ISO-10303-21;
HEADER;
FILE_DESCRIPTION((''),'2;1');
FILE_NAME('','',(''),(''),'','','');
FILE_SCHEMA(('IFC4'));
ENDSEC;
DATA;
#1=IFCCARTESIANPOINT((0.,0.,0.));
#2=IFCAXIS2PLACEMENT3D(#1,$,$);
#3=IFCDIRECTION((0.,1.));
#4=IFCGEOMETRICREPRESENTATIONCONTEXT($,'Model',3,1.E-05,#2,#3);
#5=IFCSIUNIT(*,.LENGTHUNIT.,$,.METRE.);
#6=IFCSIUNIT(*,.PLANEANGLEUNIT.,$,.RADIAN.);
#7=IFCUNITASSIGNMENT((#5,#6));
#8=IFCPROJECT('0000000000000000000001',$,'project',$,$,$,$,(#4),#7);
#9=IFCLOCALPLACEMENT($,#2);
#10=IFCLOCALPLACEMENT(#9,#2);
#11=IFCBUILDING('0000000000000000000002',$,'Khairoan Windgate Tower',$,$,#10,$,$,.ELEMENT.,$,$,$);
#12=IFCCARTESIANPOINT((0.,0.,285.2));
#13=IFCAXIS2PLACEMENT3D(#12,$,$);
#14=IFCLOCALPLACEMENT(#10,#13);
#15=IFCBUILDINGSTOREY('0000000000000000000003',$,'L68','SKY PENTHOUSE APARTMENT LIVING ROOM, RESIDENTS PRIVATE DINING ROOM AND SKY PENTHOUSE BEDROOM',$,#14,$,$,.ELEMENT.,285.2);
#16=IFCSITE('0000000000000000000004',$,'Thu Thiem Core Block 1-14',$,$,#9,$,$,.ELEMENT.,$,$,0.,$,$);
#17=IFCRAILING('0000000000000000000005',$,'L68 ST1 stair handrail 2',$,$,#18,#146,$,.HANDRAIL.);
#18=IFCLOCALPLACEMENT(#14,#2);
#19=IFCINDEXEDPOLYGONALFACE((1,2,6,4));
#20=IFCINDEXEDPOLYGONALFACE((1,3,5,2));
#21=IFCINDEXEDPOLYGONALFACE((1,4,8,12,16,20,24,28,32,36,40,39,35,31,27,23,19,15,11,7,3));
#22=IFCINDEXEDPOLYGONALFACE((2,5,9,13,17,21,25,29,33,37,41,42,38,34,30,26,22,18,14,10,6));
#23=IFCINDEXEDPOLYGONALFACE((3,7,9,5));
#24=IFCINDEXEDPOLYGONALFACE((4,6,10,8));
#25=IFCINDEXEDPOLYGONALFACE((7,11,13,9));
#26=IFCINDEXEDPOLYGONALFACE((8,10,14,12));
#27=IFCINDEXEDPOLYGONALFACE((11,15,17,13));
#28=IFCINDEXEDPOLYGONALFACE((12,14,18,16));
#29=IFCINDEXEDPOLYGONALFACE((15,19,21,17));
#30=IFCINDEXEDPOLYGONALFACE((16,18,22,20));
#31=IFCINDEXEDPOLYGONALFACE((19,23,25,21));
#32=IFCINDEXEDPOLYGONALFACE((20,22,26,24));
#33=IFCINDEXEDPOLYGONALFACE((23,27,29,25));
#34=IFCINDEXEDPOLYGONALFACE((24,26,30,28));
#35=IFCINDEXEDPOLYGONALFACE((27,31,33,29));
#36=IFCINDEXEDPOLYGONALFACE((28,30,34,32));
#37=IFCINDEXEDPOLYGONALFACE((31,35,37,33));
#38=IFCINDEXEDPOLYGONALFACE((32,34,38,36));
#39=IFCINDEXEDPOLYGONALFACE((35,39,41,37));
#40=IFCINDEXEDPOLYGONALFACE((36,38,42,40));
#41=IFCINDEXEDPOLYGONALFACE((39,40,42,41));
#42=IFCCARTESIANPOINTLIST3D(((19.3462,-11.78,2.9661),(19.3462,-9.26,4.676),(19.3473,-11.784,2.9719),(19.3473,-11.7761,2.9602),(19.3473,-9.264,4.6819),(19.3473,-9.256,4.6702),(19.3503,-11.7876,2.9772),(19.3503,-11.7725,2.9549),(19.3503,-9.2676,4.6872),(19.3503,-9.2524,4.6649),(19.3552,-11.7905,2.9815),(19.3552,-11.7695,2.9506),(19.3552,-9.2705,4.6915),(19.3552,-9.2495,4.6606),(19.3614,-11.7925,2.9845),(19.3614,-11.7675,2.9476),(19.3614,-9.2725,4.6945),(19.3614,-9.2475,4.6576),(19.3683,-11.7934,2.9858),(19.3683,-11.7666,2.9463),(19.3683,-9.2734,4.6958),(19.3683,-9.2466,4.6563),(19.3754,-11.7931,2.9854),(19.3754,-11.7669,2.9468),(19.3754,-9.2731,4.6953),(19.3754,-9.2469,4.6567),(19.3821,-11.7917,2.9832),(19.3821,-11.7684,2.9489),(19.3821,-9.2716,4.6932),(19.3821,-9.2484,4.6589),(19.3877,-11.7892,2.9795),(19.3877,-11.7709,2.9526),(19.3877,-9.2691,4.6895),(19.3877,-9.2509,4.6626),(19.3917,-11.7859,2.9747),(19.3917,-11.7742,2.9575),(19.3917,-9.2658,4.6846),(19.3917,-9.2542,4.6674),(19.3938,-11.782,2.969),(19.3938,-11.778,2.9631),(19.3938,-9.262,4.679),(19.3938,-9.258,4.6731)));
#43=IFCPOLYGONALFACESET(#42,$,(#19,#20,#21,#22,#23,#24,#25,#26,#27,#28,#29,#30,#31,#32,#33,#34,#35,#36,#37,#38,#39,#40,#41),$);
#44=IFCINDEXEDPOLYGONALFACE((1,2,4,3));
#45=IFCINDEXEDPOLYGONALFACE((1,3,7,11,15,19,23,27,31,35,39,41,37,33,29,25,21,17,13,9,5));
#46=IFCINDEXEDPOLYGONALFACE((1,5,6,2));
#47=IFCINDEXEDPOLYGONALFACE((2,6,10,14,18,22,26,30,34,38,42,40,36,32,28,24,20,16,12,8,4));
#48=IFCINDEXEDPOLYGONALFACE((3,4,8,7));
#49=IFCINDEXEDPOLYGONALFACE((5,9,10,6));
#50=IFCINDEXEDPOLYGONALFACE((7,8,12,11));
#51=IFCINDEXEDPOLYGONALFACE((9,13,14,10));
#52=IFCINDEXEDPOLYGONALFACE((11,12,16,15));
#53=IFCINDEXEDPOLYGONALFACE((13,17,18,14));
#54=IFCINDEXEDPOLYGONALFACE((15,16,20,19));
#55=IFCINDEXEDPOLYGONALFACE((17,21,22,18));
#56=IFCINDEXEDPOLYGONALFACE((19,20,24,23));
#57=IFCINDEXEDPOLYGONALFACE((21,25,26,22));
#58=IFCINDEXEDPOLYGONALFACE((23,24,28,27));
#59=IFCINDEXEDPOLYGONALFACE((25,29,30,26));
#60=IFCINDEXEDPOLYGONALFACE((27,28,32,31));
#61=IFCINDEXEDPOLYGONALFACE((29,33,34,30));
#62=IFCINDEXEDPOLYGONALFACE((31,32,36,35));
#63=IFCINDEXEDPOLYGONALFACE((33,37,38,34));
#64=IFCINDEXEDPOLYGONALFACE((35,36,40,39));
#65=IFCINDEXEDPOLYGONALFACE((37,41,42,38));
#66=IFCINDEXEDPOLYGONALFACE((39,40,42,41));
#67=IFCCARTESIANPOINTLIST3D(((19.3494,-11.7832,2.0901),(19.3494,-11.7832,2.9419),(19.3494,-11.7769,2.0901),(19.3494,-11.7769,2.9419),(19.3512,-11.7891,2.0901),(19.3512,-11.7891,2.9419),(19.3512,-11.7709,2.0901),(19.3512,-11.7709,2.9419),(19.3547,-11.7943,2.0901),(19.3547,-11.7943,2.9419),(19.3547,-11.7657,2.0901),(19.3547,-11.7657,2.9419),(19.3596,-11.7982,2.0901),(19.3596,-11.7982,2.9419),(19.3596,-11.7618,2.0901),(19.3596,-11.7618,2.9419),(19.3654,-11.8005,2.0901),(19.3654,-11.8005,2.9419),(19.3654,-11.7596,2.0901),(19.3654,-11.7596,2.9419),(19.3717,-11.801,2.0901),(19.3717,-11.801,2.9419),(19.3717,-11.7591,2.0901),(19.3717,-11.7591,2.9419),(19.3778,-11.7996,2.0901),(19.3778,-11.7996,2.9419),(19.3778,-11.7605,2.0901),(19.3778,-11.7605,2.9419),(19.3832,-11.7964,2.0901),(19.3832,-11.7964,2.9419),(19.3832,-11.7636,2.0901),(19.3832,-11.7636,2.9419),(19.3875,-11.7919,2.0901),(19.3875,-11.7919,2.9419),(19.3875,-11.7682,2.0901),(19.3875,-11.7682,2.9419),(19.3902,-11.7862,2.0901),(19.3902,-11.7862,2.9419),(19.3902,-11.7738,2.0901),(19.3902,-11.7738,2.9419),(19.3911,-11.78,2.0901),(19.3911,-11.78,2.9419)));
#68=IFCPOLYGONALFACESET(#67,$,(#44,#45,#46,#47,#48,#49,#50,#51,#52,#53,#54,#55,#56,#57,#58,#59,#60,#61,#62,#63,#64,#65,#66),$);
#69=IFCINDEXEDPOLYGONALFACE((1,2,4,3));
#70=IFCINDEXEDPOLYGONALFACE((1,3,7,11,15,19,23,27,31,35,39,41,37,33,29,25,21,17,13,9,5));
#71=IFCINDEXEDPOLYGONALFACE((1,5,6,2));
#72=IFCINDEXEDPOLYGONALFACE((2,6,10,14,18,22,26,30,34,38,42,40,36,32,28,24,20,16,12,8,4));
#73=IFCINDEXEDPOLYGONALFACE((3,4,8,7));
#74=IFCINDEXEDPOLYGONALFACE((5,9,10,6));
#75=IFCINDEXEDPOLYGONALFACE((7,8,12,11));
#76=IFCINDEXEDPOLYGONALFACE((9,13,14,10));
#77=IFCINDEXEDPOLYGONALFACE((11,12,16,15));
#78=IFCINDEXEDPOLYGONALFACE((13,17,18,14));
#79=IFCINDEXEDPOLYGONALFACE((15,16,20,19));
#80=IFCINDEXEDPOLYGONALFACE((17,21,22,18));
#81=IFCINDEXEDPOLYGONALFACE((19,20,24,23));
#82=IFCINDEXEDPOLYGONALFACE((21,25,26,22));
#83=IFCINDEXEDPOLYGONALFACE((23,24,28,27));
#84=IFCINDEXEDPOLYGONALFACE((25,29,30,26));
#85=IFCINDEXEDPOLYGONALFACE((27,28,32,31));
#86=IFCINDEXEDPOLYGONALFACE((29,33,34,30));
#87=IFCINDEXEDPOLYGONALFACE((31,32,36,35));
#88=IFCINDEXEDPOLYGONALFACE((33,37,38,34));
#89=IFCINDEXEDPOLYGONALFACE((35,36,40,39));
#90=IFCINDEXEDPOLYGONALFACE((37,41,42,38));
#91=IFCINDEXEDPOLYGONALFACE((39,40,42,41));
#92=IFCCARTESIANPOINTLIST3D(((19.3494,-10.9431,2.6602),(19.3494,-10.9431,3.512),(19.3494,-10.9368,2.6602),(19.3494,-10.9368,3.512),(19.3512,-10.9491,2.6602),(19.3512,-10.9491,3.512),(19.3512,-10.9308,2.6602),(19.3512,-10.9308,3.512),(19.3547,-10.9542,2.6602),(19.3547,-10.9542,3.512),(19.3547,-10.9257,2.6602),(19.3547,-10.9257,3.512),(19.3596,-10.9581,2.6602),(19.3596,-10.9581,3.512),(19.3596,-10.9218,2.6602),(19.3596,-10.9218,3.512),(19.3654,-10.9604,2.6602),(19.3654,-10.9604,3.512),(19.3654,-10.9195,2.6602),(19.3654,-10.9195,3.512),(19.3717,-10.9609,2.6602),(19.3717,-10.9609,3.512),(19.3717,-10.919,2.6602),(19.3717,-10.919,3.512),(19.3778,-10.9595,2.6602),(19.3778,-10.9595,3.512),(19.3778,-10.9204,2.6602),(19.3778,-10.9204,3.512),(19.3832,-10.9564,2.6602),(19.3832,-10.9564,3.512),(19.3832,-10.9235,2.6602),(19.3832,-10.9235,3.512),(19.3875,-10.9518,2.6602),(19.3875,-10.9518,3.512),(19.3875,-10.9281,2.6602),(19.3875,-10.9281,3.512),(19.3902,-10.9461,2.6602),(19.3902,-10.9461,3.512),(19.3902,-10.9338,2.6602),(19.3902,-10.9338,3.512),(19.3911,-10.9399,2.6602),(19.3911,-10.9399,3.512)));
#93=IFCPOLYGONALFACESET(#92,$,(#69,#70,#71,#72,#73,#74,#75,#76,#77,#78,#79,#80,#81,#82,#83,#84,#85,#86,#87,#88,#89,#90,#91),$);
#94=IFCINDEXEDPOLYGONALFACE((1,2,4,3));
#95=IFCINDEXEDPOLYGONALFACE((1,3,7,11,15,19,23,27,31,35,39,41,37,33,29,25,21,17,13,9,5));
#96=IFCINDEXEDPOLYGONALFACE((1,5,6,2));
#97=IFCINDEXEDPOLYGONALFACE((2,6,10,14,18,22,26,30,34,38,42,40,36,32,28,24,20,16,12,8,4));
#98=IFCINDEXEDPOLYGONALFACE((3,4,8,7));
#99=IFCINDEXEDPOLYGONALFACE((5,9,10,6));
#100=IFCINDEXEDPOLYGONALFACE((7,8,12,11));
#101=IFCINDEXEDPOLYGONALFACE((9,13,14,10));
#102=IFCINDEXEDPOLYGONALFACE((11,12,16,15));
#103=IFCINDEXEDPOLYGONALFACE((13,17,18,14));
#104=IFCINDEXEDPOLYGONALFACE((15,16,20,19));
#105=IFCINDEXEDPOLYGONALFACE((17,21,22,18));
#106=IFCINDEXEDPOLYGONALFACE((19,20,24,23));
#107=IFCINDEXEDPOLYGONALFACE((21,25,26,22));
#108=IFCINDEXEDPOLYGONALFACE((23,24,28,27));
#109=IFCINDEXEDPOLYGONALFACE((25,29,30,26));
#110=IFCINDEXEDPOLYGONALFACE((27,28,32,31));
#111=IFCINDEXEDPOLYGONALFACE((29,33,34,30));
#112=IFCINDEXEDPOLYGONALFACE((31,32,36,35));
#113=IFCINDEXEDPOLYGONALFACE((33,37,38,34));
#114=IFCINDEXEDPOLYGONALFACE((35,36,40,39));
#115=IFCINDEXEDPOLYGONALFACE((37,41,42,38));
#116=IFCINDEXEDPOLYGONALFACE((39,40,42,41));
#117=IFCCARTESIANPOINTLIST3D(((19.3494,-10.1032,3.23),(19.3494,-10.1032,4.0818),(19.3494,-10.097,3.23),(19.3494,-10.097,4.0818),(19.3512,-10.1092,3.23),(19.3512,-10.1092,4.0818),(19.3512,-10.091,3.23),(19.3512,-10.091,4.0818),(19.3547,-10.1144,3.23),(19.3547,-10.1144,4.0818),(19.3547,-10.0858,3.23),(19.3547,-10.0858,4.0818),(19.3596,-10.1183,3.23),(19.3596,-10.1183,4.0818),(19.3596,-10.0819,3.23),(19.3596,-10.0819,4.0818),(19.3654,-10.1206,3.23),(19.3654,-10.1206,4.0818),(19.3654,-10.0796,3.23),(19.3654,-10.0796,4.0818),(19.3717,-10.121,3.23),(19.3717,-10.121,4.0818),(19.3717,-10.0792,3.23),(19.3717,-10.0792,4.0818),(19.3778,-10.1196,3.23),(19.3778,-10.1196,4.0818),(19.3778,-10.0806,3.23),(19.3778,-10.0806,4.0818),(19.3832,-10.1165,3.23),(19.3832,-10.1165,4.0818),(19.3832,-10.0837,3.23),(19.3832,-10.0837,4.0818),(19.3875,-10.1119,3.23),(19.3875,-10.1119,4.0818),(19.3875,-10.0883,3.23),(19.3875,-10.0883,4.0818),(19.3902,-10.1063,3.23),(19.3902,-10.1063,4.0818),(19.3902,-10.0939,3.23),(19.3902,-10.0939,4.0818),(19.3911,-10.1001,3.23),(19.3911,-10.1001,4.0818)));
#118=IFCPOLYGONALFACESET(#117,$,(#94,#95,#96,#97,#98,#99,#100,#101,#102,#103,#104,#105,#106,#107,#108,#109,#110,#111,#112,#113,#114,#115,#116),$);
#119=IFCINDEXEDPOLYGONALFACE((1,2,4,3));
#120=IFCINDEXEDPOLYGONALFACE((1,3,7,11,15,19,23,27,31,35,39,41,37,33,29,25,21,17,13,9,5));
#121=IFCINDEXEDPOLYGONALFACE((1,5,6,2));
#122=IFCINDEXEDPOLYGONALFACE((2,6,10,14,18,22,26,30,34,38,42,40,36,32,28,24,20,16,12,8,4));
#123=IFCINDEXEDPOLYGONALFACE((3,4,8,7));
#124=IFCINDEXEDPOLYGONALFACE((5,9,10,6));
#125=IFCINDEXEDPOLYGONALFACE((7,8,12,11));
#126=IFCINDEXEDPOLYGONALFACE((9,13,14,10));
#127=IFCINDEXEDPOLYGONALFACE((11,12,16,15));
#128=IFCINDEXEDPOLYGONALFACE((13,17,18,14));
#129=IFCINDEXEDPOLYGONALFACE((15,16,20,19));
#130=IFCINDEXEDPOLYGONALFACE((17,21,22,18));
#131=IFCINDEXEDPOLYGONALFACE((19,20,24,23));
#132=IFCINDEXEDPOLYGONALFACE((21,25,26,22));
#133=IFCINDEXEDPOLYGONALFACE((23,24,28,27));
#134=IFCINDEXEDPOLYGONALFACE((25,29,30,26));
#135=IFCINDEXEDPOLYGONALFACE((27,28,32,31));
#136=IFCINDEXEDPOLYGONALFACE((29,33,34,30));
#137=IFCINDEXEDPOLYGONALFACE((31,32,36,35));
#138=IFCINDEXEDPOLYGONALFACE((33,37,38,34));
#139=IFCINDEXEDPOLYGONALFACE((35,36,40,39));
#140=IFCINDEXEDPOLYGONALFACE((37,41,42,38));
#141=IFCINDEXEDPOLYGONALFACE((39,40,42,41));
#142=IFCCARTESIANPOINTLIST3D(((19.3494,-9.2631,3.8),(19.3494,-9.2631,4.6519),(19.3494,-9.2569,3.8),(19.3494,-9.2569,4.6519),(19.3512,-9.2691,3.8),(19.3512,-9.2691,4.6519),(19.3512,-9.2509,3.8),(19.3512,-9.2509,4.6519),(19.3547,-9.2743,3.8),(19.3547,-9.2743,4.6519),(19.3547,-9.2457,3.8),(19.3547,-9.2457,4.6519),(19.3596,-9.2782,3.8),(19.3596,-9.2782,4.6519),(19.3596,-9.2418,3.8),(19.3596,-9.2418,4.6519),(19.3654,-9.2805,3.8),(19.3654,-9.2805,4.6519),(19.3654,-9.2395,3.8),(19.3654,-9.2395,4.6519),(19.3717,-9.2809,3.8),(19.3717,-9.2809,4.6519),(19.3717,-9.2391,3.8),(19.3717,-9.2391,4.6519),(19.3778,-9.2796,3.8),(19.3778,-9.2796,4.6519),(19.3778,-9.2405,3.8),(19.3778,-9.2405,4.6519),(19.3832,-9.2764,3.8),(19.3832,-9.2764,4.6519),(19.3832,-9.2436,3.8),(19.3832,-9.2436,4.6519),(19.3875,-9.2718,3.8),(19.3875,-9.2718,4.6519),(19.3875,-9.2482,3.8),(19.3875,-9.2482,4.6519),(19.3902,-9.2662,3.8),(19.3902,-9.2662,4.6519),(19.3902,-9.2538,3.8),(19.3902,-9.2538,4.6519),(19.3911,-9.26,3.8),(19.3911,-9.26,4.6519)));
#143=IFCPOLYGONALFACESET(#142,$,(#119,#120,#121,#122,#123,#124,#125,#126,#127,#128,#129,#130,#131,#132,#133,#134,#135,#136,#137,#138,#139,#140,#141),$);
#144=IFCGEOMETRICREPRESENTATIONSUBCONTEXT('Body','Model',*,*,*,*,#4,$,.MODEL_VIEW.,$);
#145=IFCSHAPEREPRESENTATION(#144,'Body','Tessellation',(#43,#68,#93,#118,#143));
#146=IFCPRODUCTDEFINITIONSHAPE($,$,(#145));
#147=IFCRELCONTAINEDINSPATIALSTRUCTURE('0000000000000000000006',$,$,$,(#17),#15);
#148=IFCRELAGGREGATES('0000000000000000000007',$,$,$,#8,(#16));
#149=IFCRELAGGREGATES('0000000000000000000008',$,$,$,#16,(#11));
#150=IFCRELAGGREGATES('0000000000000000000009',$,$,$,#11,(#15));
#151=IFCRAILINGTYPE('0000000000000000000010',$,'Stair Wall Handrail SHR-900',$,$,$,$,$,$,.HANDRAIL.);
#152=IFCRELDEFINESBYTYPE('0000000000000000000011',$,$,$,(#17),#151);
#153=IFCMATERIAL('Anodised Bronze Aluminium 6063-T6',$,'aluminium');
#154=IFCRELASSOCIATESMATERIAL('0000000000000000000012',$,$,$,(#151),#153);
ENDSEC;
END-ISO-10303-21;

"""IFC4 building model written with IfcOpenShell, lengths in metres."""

from ifc_helpers import new_model, si_unit, direction, frame, origin, origin_2d, place, context, subcontext, project, spatial, circle, extrude, material, type_object, element, save


model = new_model("IFC4")

# Units and contexts
model_context = context("Model", 3, precision=1e-05, world=origin(), true_north=direction((0.0, 1.0)))
body_context = subcontext(model_context, "Body", "Model", "MODEL_VIEW")
ifc_project = project(units=[si_unit("LENGTHUNIT", "METRE"), si_unit("PLANEANGLEUNIT", "RADIAN")], contexts=[model_context])

# Site, building, storey
site_placement = place(None, origin())
site = spatial("IfcSite", under=ifc_project, at=site_placement, Name="Thu Thiem Core Block 1-14", CompositionType="ELEMENT", RefElevation=0.0)
building_placement = place(site_placement, origin())
building = spatial("IfcBuilding", under=site, at=building_placement, Name="Khairoan Windgate Tower", CompositionType="ELEMENT")
storey_placement = place(building_placement, frame((0.0, 0.0, 285.2)))
storey = spatial("IfcBuildingStorey", under=building, at=storey_placement, Name="L68", Description="SKY PENTHOUSE APARTMENT LIVING ROOM, RESIDENTS PRIVATE DINING ROOM AND SKY PENTHOUSE BEDROOM", CompositionType="ELEMENT", Elevation=285.2)

# Railing
ifc_material_1 = material(Name="Anodised Bronze Aluminium 6063-T6", Category="aluminium")
railing_type_1 = type_object("IfcRailingType", Name="Stair Wall Handrail SHR-900", PredefinedType="HANDRAIL", material=ifc_material_1)
railing_1_placement = place(storey_placement, frame((19.3701, -11.78, 2.0901)))
element("IfcRailing", 1, at=railing_1_placement, inside=storey, type_object=railing_type_1, Name="L68 ST1 stair handrail 2", PredefinedType="HANDRAIL", context=body_context, shape_type="SweptSolid", body=[
    extrude(circle(Radius=0.0239, at=origin_2d()), frame((0.0, 0.0, 0.876), z_axis=(0.0, 0.827484, 0.56149), x_axis=(-1.0, 0.0, 0.0)), (0.0, 0.0, 1.0), 3.0454),
    extrude(circle(Radius=0.021, at=origin_2d()), origin(), (0.0, 0.0, 1.0), 0.8518),
    extrude(circle(Radius=0.021, at=origin_2d()), frame((0.0, 0.8401, 0.5701)), (0.0, 0.0, 1.0), 0.8518),
    extrude(circle(Radius=0.021, at=origin_2d()), frame((0.0, 1.6799, 1.1399)), (0.0, 0.0, 1.0), 0.8518),
    extrude(circle(Radius=0.021, at=origin_2d()), frame((0.0, 2.52, 1.71)), (0.0, 0.0, 1.0), 0.8518),
])

save(model, "model.ifc")
